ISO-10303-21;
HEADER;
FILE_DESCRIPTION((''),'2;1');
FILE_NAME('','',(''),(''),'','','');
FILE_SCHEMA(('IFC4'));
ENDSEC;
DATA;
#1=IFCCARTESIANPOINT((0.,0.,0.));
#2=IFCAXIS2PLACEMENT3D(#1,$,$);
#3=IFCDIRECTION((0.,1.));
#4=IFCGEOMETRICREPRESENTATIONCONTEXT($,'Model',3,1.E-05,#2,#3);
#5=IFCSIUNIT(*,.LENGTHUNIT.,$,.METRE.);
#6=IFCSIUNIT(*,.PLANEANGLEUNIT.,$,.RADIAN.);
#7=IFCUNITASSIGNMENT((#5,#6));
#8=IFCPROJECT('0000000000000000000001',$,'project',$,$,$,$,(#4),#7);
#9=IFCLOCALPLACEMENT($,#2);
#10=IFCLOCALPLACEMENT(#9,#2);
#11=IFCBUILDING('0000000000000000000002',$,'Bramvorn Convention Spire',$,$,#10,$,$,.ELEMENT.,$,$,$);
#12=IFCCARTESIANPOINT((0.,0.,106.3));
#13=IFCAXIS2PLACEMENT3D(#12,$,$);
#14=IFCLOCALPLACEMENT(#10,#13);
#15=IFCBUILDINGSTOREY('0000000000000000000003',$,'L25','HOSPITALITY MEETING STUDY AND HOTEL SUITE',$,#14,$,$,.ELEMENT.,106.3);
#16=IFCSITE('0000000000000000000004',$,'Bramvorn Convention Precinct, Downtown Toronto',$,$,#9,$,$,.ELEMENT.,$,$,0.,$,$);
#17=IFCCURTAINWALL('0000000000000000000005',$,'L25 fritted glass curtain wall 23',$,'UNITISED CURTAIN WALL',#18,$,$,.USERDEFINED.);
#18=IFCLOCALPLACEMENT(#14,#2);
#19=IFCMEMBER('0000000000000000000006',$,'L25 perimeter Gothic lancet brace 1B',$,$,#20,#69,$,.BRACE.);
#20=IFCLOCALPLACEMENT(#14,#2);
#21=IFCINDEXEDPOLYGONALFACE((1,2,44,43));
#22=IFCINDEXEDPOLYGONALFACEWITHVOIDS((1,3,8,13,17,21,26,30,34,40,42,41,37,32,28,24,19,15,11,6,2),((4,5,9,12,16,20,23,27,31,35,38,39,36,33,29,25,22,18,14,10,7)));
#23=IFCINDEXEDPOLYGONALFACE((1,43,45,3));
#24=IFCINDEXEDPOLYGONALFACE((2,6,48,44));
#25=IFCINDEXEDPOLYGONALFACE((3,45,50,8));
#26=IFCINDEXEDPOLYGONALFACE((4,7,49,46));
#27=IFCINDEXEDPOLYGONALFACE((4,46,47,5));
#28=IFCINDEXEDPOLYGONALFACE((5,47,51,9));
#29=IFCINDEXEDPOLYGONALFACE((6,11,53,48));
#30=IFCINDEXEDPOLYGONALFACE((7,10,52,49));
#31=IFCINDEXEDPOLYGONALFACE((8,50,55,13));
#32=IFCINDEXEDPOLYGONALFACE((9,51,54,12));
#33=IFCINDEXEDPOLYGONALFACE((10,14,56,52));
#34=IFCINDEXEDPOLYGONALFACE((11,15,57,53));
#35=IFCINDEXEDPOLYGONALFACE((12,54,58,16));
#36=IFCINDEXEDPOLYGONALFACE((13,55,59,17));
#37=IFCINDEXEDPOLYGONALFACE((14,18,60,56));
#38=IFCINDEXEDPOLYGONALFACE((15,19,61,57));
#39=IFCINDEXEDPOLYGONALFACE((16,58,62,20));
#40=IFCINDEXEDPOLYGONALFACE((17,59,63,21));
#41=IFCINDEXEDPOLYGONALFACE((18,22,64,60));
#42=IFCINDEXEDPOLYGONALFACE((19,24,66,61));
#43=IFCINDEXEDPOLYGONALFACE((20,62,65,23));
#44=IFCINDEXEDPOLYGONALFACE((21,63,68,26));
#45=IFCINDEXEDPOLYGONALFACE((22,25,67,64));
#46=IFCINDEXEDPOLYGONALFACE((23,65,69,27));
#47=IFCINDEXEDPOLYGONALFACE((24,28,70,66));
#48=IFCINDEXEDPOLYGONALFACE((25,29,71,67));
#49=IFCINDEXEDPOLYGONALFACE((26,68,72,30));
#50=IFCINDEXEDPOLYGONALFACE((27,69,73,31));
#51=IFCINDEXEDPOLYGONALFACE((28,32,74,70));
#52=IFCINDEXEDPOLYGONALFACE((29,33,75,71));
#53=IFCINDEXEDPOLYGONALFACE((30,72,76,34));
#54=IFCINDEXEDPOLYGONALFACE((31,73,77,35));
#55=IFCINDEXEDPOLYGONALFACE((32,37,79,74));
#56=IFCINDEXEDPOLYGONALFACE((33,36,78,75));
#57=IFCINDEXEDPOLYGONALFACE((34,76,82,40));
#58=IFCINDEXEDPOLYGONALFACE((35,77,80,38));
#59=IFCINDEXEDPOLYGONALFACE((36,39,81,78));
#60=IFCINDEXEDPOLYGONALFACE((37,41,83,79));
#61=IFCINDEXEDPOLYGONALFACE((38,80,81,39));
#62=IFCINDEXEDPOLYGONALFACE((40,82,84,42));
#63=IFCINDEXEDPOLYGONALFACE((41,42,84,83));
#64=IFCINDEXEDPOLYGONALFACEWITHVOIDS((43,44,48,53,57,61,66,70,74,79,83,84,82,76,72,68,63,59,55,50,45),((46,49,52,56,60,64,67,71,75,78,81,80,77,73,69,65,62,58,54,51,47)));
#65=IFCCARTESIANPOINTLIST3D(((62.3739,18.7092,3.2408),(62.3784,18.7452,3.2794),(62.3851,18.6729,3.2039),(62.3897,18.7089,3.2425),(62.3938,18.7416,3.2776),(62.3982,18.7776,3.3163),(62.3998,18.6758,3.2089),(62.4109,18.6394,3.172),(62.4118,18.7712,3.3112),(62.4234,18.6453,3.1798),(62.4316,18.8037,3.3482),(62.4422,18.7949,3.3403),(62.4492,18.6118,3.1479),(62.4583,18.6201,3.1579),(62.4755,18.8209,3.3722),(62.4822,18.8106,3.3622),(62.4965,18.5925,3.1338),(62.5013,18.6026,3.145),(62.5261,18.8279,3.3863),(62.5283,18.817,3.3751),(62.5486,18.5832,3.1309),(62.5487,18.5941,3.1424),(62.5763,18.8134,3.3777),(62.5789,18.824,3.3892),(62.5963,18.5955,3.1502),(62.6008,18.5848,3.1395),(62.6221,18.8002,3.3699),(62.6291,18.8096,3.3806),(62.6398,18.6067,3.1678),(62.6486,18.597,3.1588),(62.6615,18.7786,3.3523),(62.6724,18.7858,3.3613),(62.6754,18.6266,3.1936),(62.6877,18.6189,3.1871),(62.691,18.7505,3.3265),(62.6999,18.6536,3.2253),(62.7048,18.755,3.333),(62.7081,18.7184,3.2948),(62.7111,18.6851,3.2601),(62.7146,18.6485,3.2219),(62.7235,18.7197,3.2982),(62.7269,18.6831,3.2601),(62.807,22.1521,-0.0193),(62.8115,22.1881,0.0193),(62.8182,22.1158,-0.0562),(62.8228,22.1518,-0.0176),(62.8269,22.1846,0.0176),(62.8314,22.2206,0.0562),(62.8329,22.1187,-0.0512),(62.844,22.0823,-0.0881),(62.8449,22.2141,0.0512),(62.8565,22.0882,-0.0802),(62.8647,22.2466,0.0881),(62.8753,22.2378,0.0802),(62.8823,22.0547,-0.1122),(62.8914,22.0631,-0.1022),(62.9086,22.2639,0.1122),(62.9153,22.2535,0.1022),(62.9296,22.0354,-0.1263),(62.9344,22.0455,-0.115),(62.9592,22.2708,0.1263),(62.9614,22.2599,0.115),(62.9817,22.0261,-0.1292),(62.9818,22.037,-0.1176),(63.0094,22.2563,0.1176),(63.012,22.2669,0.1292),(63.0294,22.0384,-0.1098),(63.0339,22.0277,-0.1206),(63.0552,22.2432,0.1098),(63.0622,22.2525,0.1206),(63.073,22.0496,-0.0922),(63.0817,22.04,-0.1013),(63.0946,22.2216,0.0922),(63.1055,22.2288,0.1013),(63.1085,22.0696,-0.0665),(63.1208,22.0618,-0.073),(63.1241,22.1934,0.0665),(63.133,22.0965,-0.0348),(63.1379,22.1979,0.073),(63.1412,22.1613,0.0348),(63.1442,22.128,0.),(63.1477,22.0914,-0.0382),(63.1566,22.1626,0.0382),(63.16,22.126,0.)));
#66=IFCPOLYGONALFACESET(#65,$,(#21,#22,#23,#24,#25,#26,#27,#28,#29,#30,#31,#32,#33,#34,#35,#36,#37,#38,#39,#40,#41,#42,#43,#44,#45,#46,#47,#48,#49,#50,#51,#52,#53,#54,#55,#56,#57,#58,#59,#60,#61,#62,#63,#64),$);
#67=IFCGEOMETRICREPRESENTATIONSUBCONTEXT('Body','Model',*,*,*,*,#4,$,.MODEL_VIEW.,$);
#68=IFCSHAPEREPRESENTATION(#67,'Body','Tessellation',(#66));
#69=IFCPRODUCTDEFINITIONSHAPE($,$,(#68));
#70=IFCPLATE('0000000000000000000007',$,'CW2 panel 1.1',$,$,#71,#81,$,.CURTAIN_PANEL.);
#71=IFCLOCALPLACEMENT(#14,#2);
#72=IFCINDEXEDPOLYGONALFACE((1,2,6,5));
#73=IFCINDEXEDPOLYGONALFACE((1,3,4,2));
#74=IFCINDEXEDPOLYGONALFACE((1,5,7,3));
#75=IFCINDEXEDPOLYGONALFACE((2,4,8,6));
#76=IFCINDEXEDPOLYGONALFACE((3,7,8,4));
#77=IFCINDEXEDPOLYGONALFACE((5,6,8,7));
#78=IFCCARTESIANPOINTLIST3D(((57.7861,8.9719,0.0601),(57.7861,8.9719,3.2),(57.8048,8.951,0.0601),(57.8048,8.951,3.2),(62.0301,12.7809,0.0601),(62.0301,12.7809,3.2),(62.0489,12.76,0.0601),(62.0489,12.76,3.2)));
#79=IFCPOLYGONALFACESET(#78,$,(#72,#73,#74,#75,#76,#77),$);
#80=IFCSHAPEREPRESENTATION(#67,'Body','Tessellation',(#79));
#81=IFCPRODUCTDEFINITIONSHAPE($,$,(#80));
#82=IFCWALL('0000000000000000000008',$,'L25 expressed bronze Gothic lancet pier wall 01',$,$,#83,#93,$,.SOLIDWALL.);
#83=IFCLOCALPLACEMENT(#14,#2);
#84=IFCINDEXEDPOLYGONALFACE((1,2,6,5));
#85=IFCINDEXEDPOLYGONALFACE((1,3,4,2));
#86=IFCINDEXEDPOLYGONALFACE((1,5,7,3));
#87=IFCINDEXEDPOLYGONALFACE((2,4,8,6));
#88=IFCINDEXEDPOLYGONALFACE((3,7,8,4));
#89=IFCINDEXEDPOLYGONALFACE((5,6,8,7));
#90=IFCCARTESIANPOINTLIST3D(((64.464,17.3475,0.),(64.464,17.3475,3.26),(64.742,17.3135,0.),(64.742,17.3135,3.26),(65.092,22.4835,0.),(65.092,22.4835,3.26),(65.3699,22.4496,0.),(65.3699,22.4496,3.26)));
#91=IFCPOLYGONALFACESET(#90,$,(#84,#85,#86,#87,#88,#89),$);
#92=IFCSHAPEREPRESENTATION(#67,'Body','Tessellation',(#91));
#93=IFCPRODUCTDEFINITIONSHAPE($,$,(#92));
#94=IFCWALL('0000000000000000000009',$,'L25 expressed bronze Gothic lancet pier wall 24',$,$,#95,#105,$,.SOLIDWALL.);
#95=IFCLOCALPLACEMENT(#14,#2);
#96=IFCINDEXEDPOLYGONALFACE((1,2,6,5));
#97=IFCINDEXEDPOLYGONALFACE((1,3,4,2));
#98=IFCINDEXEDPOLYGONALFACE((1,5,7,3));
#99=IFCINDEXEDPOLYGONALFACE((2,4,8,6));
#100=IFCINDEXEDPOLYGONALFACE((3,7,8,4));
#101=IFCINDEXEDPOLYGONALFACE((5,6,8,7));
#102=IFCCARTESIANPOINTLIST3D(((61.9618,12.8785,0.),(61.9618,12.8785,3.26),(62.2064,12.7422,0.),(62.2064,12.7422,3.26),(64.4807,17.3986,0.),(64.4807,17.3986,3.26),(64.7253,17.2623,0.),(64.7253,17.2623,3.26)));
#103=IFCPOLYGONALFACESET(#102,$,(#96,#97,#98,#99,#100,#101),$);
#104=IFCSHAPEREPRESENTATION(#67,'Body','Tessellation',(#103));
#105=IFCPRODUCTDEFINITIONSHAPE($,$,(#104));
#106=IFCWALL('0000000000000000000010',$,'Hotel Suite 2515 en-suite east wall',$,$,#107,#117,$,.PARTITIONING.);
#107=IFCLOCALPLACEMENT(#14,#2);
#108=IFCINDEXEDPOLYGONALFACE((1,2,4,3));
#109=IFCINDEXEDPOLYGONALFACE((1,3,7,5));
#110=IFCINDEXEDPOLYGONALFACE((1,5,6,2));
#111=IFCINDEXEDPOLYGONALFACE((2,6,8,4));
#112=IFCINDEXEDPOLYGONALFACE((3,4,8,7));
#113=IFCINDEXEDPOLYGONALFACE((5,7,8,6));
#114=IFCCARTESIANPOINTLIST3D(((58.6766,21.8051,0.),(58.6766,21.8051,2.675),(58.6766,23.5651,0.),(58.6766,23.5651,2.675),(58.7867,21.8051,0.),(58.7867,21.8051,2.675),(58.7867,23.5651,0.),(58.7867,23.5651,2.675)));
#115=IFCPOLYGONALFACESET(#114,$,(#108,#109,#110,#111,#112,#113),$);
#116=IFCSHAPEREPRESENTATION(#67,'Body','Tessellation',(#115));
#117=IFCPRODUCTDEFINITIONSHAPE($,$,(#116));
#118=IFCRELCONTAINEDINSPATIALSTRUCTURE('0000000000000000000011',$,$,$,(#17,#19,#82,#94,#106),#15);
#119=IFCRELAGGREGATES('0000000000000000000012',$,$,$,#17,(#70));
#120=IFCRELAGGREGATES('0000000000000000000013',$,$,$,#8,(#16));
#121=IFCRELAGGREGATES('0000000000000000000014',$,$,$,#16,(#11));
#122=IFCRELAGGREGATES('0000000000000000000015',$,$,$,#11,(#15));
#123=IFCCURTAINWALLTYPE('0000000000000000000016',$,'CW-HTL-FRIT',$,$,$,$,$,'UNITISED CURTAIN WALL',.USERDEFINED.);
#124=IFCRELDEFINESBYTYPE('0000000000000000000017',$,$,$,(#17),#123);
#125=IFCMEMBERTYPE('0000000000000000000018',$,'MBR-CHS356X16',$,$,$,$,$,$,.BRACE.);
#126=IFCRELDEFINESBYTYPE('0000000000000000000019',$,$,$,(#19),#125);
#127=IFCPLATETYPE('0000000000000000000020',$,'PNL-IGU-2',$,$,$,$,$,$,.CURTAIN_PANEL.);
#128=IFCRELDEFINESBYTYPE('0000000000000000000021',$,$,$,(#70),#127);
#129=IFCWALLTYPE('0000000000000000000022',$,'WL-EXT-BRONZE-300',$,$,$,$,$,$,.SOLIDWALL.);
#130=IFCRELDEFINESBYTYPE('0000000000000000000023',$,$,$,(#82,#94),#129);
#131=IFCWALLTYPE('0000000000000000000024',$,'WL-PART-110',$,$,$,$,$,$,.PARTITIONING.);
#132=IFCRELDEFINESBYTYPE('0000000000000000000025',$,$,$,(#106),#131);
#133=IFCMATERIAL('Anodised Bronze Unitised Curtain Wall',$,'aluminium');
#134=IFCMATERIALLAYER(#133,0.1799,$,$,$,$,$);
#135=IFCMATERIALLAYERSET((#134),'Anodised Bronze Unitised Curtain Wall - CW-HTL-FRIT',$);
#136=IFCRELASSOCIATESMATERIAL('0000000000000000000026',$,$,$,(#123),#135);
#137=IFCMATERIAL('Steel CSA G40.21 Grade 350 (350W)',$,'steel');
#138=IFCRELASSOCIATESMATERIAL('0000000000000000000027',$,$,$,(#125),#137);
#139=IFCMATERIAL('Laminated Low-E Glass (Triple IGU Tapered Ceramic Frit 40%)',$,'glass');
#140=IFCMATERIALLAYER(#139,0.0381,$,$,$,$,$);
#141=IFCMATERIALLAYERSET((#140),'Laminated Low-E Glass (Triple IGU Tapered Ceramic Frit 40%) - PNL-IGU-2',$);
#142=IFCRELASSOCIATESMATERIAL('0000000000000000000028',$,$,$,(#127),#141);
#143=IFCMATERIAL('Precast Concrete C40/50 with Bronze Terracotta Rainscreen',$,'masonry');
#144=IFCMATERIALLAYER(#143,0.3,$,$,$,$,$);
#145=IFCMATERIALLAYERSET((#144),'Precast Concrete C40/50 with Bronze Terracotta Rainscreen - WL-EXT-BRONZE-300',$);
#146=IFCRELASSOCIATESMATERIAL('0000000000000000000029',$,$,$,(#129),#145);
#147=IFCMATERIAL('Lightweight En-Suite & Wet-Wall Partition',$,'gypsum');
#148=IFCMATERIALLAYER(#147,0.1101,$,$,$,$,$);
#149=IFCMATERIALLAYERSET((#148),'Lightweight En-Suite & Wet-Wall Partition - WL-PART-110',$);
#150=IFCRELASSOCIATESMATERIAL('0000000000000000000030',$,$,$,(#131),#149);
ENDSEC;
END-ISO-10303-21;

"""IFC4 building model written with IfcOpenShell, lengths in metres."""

from ifc_helpers import new_model, si_unit, direction, frame, frame_2d, origin, origin_2d, place, context, subcontext, project, spatial, rectangle, hollow_circle, extrude, material, layer, layer_set, material_profile, profile_set, type_object, element, aggregate, save


model = new_model("IFC4")

# Units and contexts
model_context = context("Model", 3, precision=1e-05, world=origin(), true_north=direction((0.0, 1.0)))
body_context = subcontext(model_context, "Body", "Model", "MODEL_VIEW")
ifc_project = project(units=[si_unit("LENGTHUNIT", "METRE"), si_unit("PLANEANGLEUNIT", "RADIAN")], contexts=[model_context])

# Site, building, storey
site_placement = place(None, origin())
site = spatial("IfcSite", under=ifc_project, at=site_placement, Name="Bramvorn Convention Precinct, Downtown Toronto", CompositionType="ELEMENT", RefElevation=0.0)
building_placement = place(site_placement, origin())
building = spatial("IfcBuilding", under=site, at=building_placement, Name="Bramvorn Convention Spire", CompositionType="ELEMENT")
storey_placement = place(building_placement, frame((0.0, 0.0, 106.3)))
storey = spatial("IfcBuildingStorey", under=building, at=storey_placement, Name="L25", Description="HOSPITALITY MEETING STUDY AND HOTEL SUITE", CompositionType="ELEMENT", Elevation=106.3)

# Shared definitions
ifc_material_1 = material(Name="Steel CSA G40.21 Grade 350 (350W)", Category="steel")

# Shared definitions
ifc_material_2 = material(Name="Anodised Bronze Unitised Curtain Wall", Category="aluminium")
ifc_layer_1 = layer(ifc_material_2, 0.1799)
ifc_layer_set_1 = layer_set([ifc_layer_1], Name="Anodised Bronze Unitised Curtain Wall - CW-HTL-FRIT")
curtain_wall_type = type_object("IfcCurtainWallType", Name="CW-HTL-FRIT", ElementType="UNITISED CURTAIN WALL", PredefinedType="USERDEFINED", material=ifc_layer_set_1)

# Curtain wall
curtain_wall_1_placement = place(storey_placement, origin())
curtain_wall_1 = element("IfcCurtainWall", 1, at=curtain_wall_1_placement, inside=storey, type_object=curtain_wall_type, Name="L25 fritted glass curtain wall 23", ObjectType="UNITISED CURTAIN WALL", PredefinedType="USERDEFINED")

# Member
ifc_material_profile_1 = material_profile(ifc_material_1, hollow_circle(Radius=0.1777, WallThickness=0.0159, at=origin_2d()))
ifc_profile_set_1 = profile_set([ifc_material_profile_1], Name="Steel CSA G40.21 Grade 350 (350W) - CHS356X16")
member_type_1 = type_object("IfcMemberType", Name="MBR-CHS356X16", PredefinedType="BRACE", material=ifc_profile_set_1)
for number, where, z_axis, x_axis, name in (
    (2, (62.9836, 22.1482, 0.0), (-0.090966, -0.723117, 0.68471), (0.99218, -0.124814, 0.0), "L25 perimeter Gothic lancet brace 1B"),
):
    element("IfcMember", number, at=place(storey_placement, frame(where, z_axis=z_axis, x_axis=x_axis)), inside=storey, type_object=member_type_1, Name=name, PredefinedType="BRACE", context=body_context, shape_type="SweptSolid", body=[
        extrude(hollow_circle(Radius=0.1777, WallThickness=0.0159, at=origin_2d()), origin(), (0.0, 0.0, 1.0), 4.7612),
    ])

# Plate
ifc_material_3 = material(Name="Laminated Low-E Glass (Triple IGU Tapered Ceramic Frit 40%)", Category="glass")
ifc_layer_2 = layer(ifc_material_3, 0.0381)
ifc_layer_set_2 = layer_set([ifc_layer_2], Name="Laminated Low-E Glass (Triple IGU Tapered Ceramic Frit 40%) - PNL-IGU-2")
plate_type = type_object("IfcPlateType", Name="PNL-IGU-2", PredefinedType="CURTAIN_PANEL", material=ifc_layer_set_2)
plate_placement = place(storey_placement, frame((59.9175, 10.866, 0.0601), z_axis=(0.0, 0.0, 1.0), x_axis=(-0.744221, -0.667934, 0.0)))
plate = element("IfcPlate", 3, at=plate_placement, type_object=plate_type, Name="CW2 panel 1.1", PredefinedType="CURTAIN_PANEL", context=body_context, shape_type="SweptSolid", body=[
    extrude(rectangle(XDim=5.7026, YDim=0.0281, at=origin_2d()), origin(), (0.0, 0.0, 1.0), 3.1399),
])
aggregate(curtain_wall_1, [plate])

# Walls
ifc_material_4 = material(Name="Precast Concrete C40/50 with Bronze Terracotta Rainscreen", Category="masonry")
ifc_layer_3 = layer(ifc_material_4, 0.3)
ifc_layer_set_3 = layer_set([ifc_layer_3], Name="Precast Concrete C40/50 with Bronze Terracotta Rainscreen - WL-EXT-BRONZE-300")
wall_type_1 = type_object("IfcWallType", Name="WL-EXT-BRONZE-300", PredefinedType="SOLIDWALL", material=ifc_layer_set_3)
wall_1_placement = place(storey_placement, frame((65.231, 22.4666, 0.0), z_axis=(0.0, 0.0, 1.0), x_axis=(-0.121357, -0.992609, 0.0)))
element("IfcWall", 4, at=wall_1_placement, inside=storey, type_object=wall_type_1, Name="L25 expressed bronze Gothic lancet pier wall 01", PredefinedType="SOLIDWALL", context=body_context, shape_type="SweptSolid", body=[
    extrude(rectangle(XDim=5.1743, YDim=0.28, at=frame_2d((2.5872, 0.0))), origin(), (0.0, 0.0, 1.0), 3.26),
])
wall_2_placement = place(storey_placement, frame((64.603, 17.3306, 0.0), z_axis=(0.0, 0.0, 1.0), x_axis=(-0.486776, -0.873527, 0.0)))
element("IfcWall", 5, at=wall_2_placement, inside=storey, type_object=wall_type_1, Name="L25 expressed bronze Gothic lancet pier wall 24", PredefinedType="SOLIDWALL", context=body_context, shape_type="SweptSolid", body=[
    extrude(rectangle(XDim=5.1746, YDim=0.28, at=frame_2d((2.5874, 0.0))), origin(), (0.0, 0.0, 1.0), 3.26),
])
ifc_material_5 = material(Name="Lightweight En-Suite & Wet-Wall Partition", Category="gypsum")
ifc_layer_4 = layer(ifc_material_5, 0.1101)
ifc_layer_set_4 = layer_set([ifc_layer_4], Name="Lightweight En-Suite & Wet-Wall Partition - WL-PART-110")
wall_type_2 = type_object("IfcWallType", Name="WL-PART-110", PredefinedType="PARTITIONING", material=ifc_layer_set_4)
wall_3_placement = place(storey_placement, frame((58.7317, 21.8052, 0.0), z_axis=(0.0, 0.0, 1.0), x_axis=(0.0, 1.0, 0.0)))
element("IfcWall", 6, at=wall_3_placement, inside=storey, type_object=wall_type_2, Name="Hotel Suite 2515 en-suite east wall", PredefinedType="PARTITIONING", context=body_context, shape_type="SweptSolid", body=[
    extrude(rectangle(XDim=1.76, YDim=0.1101, at=frame_2d((0.8799, 0.0))), origin(), (0.0, 0.0, 1.0), 2.675),
])

save(model, "model.ifc")
